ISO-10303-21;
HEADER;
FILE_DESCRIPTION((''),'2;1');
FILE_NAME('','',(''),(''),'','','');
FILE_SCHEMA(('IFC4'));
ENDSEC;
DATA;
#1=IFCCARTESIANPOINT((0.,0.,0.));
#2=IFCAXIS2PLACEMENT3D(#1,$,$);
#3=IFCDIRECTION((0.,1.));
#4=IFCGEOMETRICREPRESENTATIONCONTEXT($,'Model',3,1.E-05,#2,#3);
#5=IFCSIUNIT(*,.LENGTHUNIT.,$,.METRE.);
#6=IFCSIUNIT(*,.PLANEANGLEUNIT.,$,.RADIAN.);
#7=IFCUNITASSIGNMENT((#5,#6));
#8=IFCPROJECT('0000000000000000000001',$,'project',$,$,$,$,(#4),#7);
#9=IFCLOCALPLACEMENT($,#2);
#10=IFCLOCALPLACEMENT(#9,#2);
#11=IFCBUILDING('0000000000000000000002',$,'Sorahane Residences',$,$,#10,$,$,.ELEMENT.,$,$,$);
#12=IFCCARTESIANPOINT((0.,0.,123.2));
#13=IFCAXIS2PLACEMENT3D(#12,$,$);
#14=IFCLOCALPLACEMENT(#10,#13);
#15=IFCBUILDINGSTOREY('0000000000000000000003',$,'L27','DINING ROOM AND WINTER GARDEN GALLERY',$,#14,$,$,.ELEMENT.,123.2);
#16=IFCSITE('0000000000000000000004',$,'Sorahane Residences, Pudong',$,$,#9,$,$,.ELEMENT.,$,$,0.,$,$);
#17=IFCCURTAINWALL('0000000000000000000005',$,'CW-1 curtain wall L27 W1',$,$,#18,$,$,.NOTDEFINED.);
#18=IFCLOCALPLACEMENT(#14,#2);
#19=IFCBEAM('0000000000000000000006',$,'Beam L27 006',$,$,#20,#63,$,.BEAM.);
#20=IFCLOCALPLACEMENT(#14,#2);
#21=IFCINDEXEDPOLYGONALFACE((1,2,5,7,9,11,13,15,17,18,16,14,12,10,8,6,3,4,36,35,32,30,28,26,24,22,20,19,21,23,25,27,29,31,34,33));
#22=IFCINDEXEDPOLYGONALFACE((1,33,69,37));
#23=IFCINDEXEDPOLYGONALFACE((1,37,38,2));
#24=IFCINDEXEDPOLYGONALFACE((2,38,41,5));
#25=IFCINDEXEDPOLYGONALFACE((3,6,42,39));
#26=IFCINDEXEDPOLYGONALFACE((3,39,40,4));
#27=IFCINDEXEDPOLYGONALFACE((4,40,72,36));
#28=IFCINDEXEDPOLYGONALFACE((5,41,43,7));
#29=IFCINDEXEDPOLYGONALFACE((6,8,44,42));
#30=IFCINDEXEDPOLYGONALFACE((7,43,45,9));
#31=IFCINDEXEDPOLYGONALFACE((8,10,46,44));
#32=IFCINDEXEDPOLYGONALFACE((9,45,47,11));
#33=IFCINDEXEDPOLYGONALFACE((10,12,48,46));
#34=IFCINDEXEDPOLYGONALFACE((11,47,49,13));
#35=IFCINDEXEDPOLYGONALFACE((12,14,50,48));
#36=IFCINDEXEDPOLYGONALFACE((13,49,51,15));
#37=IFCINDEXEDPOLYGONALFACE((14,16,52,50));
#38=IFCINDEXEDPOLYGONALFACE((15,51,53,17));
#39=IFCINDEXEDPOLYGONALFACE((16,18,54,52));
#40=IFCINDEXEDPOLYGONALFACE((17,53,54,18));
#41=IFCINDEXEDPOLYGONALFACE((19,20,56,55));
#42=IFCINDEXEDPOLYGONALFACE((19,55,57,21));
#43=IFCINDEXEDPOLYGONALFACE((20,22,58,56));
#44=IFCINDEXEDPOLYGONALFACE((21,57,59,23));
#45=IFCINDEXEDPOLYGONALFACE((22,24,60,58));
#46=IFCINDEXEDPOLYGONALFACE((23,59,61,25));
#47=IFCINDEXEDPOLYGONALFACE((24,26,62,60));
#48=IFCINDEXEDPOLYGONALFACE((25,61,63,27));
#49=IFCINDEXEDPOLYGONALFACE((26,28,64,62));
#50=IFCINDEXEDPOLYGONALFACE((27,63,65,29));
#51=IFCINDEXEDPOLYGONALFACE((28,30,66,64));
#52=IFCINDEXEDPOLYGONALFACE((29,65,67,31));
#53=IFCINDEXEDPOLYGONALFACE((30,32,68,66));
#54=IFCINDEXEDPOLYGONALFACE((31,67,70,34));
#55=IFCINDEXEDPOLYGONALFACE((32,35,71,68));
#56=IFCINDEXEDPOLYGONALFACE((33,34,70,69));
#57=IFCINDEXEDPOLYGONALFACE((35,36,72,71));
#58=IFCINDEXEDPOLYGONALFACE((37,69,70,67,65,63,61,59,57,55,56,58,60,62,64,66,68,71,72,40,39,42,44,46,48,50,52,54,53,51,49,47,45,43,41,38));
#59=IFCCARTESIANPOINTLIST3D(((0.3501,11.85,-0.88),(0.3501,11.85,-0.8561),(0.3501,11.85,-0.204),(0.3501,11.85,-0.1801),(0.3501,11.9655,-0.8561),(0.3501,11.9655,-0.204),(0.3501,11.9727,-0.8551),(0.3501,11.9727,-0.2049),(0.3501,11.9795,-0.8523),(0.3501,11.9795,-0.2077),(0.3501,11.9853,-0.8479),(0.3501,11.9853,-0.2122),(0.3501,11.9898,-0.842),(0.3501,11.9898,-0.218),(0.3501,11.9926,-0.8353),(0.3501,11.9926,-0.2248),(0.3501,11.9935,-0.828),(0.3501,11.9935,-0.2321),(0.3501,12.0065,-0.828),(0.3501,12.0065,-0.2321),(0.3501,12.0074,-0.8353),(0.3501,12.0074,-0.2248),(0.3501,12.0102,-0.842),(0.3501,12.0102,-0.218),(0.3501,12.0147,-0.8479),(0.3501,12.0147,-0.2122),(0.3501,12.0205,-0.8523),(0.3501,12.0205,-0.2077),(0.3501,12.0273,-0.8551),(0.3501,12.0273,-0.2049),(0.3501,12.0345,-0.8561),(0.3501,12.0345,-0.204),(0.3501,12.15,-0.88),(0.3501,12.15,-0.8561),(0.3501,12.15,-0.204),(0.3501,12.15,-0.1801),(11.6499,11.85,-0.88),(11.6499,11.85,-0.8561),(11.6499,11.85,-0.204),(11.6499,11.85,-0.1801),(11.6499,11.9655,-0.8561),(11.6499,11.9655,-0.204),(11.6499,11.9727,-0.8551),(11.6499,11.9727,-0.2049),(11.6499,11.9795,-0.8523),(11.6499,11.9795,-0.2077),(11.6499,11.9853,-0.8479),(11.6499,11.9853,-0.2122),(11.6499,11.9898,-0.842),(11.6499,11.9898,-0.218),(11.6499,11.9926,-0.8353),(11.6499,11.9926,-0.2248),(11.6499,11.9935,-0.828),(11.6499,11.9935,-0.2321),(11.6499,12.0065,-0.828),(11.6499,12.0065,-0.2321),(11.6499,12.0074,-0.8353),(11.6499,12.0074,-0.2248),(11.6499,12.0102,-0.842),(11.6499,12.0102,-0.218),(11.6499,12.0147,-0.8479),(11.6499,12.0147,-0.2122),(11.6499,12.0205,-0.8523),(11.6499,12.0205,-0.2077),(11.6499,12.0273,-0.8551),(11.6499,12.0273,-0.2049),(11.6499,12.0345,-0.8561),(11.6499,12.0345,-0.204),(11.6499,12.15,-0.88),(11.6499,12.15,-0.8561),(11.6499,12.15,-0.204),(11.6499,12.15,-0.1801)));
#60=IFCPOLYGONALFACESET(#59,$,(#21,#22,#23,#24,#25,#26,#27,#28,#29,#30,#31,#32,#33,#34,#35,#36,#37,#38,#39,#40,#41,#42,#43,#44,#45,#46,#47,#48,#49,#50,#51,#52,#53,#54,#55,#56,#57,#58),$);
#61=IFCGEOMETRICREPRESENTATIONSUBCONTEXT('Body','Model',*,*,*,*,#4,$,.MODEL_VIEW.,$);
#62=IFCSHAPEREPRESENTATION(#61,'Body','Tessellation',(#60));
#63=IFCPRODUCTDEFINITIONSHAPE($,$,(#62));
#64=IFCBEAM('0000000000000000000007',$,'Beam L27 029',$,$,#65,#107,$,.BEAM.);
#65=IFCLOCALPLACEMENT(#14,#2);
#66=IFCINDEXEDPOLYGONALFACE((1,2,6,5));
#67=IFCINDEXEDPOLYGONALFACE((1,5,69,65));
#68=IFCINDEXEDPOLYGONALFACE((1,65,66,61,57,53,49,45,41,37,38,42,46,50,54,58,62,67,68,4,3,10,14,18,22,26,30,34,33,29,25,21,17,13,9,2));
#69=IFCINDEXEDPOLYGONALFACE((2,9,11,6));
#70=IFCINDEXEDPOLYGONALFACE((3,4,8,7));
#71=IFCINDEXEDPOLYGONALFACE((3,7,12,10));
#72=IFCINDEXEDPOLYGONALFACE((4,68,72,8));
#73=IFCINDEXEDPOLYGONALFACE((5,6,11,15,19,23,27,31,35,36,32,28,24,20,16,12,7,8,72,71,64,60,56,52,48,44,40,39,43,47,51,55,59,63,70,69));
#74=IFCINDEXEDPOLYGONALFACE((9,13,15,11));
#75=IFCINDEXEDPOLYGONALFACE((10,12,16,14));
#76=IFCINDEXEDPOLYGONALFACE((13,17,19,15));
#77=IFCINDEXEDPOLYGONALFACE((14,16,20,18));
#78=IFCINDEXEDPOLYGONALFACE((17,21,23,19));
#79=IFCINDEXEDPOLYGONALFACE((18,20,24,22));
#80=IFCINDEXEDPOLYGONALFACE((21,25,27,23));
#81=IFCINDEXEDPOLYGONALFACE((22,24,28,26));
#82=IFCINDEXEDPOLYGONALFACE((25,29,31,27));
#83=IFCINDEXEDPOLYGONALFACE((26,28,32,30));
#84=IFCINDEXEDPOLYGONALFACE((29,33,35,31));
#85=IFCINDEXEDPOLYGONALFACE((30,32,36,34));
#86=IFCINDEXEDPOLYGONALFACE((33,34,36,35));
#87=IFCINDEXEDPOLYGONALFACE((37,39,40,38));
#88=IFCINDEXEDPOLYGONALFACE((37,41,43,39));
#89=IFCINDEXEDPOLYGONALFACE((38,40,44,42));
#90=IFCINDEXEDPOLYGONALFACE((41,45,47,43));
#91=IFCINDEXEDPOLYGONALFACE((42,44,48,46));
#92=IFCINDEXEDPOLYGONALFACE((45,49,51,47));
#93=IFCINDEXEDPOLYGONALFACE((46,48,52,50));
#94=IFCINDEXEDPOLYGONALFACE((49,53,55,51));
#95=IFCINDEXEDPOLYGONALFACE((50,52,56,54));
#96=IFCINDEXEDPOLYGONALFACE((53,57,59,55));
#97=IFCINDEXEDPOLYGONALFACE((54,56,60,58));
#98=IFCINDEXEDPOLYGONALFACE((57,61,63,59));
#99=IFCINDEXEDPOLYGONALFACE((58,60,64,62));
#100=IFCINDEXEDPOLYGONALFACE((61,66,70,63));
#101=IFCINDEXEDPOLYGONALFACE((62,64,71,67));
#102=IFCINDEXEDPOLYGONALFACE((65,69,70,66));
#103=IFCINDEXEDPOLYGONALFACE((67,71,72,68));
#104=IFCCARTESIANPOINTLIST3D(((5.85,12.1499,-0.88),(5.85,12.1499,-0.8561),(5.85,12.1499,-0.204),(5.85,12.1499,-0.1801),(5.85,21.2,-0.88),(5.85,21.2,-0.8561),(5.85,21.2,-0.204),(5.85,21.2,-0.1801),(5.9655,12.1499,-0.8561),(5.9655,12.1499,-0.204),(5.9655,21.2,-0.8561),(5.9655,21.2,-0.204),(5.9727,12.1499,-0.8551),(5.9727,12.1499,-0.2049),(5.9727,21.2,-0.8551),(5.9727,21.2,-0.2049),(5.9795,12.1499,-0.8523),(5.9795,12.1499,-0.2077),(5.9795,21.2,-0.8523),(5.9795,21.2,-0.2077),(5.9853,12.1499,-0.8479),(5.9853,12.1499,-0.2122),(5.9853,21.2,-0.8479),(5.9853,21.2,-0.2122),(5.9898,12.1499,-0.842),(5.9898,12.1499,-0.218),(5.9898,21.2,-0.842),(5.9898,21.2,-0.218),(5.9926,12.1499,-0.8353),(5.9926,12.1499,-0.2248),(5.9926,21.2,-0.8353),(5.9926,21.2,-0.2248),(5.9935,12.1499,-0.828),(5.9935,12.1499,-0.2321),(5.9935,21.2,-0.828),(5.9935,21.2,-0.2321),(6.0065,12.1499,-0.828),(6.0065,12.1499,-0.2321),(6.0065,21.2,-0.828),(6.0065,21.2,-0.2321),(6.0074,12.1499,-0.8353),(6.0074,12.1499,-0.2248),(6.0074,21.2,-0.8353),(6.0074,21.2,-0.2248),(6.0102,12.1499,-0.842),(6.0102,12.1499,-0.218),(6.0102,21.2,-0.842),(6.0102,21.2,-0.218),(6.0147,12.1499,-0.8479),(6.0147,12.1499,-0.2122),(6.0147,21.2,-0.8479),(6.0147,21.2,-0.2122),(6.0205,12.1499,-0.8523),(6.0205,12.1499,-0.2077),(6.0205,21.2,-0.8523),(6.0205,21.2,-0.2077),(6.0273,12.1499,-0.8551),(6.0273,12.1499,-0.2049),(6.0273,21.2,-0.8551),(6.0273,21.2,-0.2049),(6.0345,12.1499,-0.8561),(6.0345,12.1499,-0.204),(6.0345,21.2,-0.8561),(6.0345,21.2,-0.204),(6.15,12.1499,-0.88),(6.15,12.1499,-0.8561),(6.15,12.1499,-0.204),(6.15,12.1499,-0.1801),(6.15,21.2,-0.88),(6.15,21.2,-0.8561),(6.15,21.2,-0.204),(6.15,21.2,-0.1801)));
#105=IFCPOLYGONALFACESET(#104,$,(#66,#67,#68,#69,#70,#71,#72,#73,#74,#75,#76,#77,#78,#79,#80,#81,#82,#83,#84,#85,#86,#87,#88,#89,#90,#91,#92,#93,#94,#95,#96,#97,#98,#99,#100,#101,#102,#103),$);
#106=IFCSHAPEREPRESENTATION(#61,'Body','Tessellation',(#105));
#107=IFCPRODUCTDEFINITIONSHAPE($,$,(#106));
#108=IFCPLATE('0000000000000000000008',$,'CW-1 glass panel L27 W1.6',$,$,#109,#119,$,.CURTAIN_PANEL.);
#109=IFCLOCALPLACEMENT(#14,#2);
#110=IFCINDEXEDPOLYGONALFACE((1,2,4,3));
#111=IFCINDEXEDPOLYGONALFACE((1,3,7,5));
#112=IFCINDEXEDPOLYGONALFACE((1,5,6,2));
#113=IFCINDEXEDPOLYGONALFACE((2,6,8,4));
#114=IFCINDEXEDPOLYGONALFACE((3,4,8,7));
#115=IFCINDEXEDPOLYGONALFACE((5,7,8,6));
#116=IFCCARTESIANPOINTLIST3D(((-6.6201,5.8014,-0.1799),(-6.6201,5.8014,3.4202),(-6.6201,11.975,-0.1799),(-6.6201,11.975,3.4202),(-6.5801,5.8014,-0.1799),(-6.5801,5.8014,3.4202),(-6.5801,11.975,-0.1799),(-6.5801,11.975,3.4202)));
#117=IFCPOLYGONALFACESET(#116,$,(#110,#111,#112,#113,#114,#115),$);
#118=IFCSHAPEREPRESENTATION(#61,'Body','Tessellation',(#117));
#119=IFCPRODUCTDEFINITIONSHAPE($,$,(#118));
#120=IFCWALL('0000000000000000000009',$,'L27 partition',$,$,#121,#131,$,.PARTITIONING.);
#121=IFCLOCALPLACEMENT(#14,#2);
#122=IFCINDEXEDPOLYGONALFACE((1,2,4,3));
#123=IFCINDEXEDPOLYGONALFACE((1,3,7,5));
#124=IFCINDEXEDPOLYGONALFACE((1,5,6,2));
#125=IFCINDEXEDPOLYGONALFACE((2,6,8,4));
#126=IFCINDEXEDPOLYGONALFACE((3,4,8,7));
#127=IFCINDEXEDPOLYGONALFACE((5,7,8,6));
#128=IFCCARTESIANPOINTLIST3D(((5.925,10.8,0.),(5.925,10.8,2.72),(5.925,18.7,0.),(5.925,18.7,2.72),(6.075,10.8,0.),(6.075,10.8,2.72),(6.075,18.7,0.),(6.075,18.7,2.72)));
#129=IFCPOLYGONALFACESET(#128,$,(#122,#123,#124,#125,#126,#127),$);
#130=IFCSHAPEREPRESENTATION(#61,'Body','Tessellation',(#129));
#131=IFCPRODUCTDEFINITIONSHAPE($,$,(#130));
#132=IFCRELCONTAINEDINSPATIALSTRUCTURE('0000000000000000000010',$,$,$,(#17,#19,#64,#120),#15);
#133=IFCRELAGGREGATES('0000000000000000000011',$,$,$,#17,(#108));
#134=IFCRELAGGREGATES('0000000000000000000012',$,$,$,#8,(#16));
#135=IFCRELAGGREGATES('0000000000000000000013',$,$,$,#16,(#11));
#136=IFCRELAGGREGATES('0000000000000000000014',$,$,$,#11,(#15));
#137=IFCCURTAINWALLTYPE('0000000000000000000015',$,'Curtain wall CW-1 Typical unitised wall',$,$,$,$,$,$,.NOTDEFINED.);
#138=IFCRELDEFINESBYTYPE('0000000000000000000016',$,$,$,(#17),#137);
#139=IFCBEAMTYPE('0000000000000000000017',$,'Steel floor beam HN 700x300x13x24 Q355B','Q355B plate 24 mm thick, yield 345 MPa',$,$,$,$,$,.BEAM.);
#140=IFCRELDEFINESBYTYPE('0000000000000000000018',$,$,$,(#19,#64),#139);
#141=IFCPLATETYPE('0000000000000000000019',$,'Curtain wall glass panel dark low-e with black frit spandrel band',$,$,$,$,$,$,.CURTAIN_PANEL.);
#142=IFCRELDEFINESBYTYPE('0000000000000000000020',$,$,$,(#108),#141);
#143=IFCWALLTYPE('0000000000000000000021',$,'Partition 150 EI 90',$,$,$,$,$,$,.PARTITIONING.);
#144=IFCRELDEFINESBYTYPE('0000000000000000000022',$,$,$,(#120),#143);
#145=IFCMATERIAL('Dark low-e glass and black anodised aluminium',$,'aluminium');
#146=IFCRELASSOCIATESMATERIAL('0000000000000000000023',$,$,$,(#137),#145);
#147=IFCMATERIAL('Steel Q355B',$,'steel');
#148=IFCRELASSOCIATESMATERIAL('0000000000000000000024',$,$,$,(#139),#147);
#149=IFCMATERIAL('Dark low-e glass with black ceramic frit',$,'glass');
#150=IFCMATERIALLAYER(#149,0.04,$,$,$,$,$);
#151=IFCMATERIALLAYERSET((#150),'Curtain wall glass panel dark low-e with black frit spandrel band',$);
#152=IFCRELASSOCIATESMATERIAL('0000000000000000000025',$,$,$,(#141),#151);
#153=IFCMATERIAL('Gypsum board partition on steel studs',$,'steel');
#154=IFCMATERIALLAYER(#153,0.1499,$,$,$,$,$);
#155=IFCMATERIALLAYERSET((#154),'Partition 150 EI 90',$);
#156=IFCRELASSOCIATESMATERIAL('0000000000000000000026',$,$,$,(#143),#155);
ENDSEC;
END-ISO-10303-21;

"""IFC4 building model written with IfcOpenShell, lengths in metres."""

from ifc_helpers import new_model, si_unit, direction, frame, frame_2d, origin, origin_2d, place, context, subcontext, project, spatial, rectangle, i_section, extrude, material, layer, layer_set, material_profile, profile_set, type_object, element, aggregate, save


model = new_model("IFC4")

# Units and contexts
model_context = context("Model", 3, precision=1e-05, world=origin(), true_north=direction((0.0, 1.0)))
body_context = subcontext(model_context, "Body", "Model", "MODEL_VIEW")
ifc_project = project(units=[si_unit("LENGTHUNIT", "METRE"), si_unit("PLANEANGLEUNIT", "RADIAN")], contexts=[model_context])

# Site, building, storey
site_placement = place(None, origin())
site = spatial("IfcSite", under=ifc_project, at=site_placement, Name="Sorahane Residences, Pudong", CompositionType="ELEMENT", RefElevation=0.0)
building_placement = place(site_placement, origin())
building = spatial("IfcBuilding", under=site, at=building_placement, Name="Sorahane Residences", CompositionType="ELEMENT")
storey_placement = place(building_placement, frame((0.0, 0.0, 123.2)))
storey = spatial("IfcBuildingStorey", under=building, at=storey_placement, Name="L27", Description="DINING ROOM AND WINTER GARDEN GALLERY", CompositionType="ELEMENT", Elevation=123.2)

# Curtain wall
ifc_material_1 = material(Name="Dark low-e glass and black anodised aluminium", Category="aluminium")
curtain_wall_type = type_object("IfcCurtainWallType", Name="Curtain wall CW-1 Typical unitised wall", PredefinedType="NOTDEFINED", material=ifc_material_1)
curtain_wall_placement = place(storey_placement, origin())
curtain_wall = element("IfcCurtainWall", 1, at=curtain_wall_placement, inside=storey, type_object=curtain_wall_type, Name="CW-1 curtain wall L27 W1", PredefinedType="NOTDEFINED")

# Beams
ifc_material_2 = material(Name="Steel Q355B", Category="steel")
ifc_material_profile_1 = material_profile(ifc_material_2, i_section(OverallWidth=0.3, OverallDepth=0.7, WebThickness=0.0129, FlangeThickness=0.0239, FilletRadius=0.0281, at=origin_2d()), Name="HN 700x300x13x24")
ifc_profile_set_1 = profile_set([ifc_material_profile_1], Name="Steel Q355B")
beam_type_1 = type_object("IfcBeamType", Name="Steel floor beam HN 700x300x13x24 Q355B", Description="Q355B plate 24 mm thick, yield 345 MPa", PredefinedType="BEAM", material=ifc_profile_set_1)
beam_1_placement = place(storey_placement, frame((0.3501, 12.0, -0.53), z_axis=(1.0, 0.0, 0.0), x_axis=(0.0, 1.0, 0.0)))
element("IfcBeam", 2, at=beam_1_placement, inside=storey, type_object=beam_type_1, Name="Beam L27 006", PredefinedType="BEAM", context=body_context, shape_type="SweptSolid", body=[
    extrude(i_section(OverallWidth=0.3, OverallDepth=0.7, WebThickness=0.0129, FlangeThickness=0.0239, FilletRadius=0.0281, at=origin_2d()), origin(), (0.0, 0.0, 1.0), 11.2998),
])
beam_2_placement = place(storey_placement, frame((6.0, 12.1499, -0.53), z_axis=(0.0, 1.0, 0.0), x_axis=(-1.0, 0.0, 0.0)))
element("IfcBeam", 3, at=beam_2_placement, inside=storey, type_object=beam_type_1, Name="Beam L27 029", PredefinedType="BEAM", context=body_context, shape_type="SweptSolid", body=[
    extrude(i_section(OverallWidth=0.3, OverallDepth=0.7, WebThickness=0.0129, FlangeThickness=0.0239, FilletRadius=0.0281, at=origin_2d()), origin(), (0.0, 0.0, 1.0), 9.05),
])

# Plate
ifc_material_3 = material(Name="Dark low-e glass with black ceramic frit", Category="glass")
ifc_layer_1 = layer(ifc_material_3, 0.04)
ifc_layer_set_1 = layer_set([ifc_layer_1], Name="Curtain wall glass panel dark low-e with black frit spandrel band")
plate_type = type_object("IfcPlateType", Name="Curtain wall glass panel dark low-e with black frit spandrel band", PredefinedType="CURTAIN_PANEL", material=ifc_layer_set_1)
plate_placement = place(storey_placement, frame((-6.6001, 8.8882, -0.1799), z_axis=(0.0, 0.0, 1.0), x_axis=(0.0, -1.0, 0.0)))
plate = element("IfcPlate", 4, at=plate_placement, type_object=plate_type, Name="CW-1 glass panel L27 W1.6", PredefinedType="CURTAIN_PANEL", context=body_context, shape_type="SweptSolid", body=[
    extrude(rectangle(XDim=6.1736, YDim=0.04, at=origin_2d()), origin(), (0.0, 0.0, 1.0), 3.6001),
])
aggregate(curtain_wall, [plate])

# Wall
ifc_material_4 = material(Name="Gypsum board partition on steel studs", Category="steel")
ifc_layer_2 = layer(ifc_material_4, 0.1499)
ifc_layer_set_2 = layer_set([ifc_layer_2], Name="Partition 150 EI 90")
wall_type_1 = type_object("IfcWallType", Name="Partition 150 EI 90", PredefinedType="PARTITIONING", material=ifc_layer_set_2)
wall_1_placement = place(storey_placement, frame((6.0, 10.8, 0.0), z_axis=(0.0, 0.0, 1.0), x_axis=(0.0, 1.0, 0.0)))
element("IfcWall", 5, at=wall_1_placement, inside=storey, type_object=wall_type_1, Name="L27 partition", PredefinedType="PARTITIONING", context=body_context, shape_type="SweptSolid", body=[
    extrude(rectangle(XDim=7.8999, YDim=0.1499, at=frame_2d((3.95, 0.0))), origin(), (0.0, 0.0, 1.0), 2.72),
])

save(model, "model.ifc")
